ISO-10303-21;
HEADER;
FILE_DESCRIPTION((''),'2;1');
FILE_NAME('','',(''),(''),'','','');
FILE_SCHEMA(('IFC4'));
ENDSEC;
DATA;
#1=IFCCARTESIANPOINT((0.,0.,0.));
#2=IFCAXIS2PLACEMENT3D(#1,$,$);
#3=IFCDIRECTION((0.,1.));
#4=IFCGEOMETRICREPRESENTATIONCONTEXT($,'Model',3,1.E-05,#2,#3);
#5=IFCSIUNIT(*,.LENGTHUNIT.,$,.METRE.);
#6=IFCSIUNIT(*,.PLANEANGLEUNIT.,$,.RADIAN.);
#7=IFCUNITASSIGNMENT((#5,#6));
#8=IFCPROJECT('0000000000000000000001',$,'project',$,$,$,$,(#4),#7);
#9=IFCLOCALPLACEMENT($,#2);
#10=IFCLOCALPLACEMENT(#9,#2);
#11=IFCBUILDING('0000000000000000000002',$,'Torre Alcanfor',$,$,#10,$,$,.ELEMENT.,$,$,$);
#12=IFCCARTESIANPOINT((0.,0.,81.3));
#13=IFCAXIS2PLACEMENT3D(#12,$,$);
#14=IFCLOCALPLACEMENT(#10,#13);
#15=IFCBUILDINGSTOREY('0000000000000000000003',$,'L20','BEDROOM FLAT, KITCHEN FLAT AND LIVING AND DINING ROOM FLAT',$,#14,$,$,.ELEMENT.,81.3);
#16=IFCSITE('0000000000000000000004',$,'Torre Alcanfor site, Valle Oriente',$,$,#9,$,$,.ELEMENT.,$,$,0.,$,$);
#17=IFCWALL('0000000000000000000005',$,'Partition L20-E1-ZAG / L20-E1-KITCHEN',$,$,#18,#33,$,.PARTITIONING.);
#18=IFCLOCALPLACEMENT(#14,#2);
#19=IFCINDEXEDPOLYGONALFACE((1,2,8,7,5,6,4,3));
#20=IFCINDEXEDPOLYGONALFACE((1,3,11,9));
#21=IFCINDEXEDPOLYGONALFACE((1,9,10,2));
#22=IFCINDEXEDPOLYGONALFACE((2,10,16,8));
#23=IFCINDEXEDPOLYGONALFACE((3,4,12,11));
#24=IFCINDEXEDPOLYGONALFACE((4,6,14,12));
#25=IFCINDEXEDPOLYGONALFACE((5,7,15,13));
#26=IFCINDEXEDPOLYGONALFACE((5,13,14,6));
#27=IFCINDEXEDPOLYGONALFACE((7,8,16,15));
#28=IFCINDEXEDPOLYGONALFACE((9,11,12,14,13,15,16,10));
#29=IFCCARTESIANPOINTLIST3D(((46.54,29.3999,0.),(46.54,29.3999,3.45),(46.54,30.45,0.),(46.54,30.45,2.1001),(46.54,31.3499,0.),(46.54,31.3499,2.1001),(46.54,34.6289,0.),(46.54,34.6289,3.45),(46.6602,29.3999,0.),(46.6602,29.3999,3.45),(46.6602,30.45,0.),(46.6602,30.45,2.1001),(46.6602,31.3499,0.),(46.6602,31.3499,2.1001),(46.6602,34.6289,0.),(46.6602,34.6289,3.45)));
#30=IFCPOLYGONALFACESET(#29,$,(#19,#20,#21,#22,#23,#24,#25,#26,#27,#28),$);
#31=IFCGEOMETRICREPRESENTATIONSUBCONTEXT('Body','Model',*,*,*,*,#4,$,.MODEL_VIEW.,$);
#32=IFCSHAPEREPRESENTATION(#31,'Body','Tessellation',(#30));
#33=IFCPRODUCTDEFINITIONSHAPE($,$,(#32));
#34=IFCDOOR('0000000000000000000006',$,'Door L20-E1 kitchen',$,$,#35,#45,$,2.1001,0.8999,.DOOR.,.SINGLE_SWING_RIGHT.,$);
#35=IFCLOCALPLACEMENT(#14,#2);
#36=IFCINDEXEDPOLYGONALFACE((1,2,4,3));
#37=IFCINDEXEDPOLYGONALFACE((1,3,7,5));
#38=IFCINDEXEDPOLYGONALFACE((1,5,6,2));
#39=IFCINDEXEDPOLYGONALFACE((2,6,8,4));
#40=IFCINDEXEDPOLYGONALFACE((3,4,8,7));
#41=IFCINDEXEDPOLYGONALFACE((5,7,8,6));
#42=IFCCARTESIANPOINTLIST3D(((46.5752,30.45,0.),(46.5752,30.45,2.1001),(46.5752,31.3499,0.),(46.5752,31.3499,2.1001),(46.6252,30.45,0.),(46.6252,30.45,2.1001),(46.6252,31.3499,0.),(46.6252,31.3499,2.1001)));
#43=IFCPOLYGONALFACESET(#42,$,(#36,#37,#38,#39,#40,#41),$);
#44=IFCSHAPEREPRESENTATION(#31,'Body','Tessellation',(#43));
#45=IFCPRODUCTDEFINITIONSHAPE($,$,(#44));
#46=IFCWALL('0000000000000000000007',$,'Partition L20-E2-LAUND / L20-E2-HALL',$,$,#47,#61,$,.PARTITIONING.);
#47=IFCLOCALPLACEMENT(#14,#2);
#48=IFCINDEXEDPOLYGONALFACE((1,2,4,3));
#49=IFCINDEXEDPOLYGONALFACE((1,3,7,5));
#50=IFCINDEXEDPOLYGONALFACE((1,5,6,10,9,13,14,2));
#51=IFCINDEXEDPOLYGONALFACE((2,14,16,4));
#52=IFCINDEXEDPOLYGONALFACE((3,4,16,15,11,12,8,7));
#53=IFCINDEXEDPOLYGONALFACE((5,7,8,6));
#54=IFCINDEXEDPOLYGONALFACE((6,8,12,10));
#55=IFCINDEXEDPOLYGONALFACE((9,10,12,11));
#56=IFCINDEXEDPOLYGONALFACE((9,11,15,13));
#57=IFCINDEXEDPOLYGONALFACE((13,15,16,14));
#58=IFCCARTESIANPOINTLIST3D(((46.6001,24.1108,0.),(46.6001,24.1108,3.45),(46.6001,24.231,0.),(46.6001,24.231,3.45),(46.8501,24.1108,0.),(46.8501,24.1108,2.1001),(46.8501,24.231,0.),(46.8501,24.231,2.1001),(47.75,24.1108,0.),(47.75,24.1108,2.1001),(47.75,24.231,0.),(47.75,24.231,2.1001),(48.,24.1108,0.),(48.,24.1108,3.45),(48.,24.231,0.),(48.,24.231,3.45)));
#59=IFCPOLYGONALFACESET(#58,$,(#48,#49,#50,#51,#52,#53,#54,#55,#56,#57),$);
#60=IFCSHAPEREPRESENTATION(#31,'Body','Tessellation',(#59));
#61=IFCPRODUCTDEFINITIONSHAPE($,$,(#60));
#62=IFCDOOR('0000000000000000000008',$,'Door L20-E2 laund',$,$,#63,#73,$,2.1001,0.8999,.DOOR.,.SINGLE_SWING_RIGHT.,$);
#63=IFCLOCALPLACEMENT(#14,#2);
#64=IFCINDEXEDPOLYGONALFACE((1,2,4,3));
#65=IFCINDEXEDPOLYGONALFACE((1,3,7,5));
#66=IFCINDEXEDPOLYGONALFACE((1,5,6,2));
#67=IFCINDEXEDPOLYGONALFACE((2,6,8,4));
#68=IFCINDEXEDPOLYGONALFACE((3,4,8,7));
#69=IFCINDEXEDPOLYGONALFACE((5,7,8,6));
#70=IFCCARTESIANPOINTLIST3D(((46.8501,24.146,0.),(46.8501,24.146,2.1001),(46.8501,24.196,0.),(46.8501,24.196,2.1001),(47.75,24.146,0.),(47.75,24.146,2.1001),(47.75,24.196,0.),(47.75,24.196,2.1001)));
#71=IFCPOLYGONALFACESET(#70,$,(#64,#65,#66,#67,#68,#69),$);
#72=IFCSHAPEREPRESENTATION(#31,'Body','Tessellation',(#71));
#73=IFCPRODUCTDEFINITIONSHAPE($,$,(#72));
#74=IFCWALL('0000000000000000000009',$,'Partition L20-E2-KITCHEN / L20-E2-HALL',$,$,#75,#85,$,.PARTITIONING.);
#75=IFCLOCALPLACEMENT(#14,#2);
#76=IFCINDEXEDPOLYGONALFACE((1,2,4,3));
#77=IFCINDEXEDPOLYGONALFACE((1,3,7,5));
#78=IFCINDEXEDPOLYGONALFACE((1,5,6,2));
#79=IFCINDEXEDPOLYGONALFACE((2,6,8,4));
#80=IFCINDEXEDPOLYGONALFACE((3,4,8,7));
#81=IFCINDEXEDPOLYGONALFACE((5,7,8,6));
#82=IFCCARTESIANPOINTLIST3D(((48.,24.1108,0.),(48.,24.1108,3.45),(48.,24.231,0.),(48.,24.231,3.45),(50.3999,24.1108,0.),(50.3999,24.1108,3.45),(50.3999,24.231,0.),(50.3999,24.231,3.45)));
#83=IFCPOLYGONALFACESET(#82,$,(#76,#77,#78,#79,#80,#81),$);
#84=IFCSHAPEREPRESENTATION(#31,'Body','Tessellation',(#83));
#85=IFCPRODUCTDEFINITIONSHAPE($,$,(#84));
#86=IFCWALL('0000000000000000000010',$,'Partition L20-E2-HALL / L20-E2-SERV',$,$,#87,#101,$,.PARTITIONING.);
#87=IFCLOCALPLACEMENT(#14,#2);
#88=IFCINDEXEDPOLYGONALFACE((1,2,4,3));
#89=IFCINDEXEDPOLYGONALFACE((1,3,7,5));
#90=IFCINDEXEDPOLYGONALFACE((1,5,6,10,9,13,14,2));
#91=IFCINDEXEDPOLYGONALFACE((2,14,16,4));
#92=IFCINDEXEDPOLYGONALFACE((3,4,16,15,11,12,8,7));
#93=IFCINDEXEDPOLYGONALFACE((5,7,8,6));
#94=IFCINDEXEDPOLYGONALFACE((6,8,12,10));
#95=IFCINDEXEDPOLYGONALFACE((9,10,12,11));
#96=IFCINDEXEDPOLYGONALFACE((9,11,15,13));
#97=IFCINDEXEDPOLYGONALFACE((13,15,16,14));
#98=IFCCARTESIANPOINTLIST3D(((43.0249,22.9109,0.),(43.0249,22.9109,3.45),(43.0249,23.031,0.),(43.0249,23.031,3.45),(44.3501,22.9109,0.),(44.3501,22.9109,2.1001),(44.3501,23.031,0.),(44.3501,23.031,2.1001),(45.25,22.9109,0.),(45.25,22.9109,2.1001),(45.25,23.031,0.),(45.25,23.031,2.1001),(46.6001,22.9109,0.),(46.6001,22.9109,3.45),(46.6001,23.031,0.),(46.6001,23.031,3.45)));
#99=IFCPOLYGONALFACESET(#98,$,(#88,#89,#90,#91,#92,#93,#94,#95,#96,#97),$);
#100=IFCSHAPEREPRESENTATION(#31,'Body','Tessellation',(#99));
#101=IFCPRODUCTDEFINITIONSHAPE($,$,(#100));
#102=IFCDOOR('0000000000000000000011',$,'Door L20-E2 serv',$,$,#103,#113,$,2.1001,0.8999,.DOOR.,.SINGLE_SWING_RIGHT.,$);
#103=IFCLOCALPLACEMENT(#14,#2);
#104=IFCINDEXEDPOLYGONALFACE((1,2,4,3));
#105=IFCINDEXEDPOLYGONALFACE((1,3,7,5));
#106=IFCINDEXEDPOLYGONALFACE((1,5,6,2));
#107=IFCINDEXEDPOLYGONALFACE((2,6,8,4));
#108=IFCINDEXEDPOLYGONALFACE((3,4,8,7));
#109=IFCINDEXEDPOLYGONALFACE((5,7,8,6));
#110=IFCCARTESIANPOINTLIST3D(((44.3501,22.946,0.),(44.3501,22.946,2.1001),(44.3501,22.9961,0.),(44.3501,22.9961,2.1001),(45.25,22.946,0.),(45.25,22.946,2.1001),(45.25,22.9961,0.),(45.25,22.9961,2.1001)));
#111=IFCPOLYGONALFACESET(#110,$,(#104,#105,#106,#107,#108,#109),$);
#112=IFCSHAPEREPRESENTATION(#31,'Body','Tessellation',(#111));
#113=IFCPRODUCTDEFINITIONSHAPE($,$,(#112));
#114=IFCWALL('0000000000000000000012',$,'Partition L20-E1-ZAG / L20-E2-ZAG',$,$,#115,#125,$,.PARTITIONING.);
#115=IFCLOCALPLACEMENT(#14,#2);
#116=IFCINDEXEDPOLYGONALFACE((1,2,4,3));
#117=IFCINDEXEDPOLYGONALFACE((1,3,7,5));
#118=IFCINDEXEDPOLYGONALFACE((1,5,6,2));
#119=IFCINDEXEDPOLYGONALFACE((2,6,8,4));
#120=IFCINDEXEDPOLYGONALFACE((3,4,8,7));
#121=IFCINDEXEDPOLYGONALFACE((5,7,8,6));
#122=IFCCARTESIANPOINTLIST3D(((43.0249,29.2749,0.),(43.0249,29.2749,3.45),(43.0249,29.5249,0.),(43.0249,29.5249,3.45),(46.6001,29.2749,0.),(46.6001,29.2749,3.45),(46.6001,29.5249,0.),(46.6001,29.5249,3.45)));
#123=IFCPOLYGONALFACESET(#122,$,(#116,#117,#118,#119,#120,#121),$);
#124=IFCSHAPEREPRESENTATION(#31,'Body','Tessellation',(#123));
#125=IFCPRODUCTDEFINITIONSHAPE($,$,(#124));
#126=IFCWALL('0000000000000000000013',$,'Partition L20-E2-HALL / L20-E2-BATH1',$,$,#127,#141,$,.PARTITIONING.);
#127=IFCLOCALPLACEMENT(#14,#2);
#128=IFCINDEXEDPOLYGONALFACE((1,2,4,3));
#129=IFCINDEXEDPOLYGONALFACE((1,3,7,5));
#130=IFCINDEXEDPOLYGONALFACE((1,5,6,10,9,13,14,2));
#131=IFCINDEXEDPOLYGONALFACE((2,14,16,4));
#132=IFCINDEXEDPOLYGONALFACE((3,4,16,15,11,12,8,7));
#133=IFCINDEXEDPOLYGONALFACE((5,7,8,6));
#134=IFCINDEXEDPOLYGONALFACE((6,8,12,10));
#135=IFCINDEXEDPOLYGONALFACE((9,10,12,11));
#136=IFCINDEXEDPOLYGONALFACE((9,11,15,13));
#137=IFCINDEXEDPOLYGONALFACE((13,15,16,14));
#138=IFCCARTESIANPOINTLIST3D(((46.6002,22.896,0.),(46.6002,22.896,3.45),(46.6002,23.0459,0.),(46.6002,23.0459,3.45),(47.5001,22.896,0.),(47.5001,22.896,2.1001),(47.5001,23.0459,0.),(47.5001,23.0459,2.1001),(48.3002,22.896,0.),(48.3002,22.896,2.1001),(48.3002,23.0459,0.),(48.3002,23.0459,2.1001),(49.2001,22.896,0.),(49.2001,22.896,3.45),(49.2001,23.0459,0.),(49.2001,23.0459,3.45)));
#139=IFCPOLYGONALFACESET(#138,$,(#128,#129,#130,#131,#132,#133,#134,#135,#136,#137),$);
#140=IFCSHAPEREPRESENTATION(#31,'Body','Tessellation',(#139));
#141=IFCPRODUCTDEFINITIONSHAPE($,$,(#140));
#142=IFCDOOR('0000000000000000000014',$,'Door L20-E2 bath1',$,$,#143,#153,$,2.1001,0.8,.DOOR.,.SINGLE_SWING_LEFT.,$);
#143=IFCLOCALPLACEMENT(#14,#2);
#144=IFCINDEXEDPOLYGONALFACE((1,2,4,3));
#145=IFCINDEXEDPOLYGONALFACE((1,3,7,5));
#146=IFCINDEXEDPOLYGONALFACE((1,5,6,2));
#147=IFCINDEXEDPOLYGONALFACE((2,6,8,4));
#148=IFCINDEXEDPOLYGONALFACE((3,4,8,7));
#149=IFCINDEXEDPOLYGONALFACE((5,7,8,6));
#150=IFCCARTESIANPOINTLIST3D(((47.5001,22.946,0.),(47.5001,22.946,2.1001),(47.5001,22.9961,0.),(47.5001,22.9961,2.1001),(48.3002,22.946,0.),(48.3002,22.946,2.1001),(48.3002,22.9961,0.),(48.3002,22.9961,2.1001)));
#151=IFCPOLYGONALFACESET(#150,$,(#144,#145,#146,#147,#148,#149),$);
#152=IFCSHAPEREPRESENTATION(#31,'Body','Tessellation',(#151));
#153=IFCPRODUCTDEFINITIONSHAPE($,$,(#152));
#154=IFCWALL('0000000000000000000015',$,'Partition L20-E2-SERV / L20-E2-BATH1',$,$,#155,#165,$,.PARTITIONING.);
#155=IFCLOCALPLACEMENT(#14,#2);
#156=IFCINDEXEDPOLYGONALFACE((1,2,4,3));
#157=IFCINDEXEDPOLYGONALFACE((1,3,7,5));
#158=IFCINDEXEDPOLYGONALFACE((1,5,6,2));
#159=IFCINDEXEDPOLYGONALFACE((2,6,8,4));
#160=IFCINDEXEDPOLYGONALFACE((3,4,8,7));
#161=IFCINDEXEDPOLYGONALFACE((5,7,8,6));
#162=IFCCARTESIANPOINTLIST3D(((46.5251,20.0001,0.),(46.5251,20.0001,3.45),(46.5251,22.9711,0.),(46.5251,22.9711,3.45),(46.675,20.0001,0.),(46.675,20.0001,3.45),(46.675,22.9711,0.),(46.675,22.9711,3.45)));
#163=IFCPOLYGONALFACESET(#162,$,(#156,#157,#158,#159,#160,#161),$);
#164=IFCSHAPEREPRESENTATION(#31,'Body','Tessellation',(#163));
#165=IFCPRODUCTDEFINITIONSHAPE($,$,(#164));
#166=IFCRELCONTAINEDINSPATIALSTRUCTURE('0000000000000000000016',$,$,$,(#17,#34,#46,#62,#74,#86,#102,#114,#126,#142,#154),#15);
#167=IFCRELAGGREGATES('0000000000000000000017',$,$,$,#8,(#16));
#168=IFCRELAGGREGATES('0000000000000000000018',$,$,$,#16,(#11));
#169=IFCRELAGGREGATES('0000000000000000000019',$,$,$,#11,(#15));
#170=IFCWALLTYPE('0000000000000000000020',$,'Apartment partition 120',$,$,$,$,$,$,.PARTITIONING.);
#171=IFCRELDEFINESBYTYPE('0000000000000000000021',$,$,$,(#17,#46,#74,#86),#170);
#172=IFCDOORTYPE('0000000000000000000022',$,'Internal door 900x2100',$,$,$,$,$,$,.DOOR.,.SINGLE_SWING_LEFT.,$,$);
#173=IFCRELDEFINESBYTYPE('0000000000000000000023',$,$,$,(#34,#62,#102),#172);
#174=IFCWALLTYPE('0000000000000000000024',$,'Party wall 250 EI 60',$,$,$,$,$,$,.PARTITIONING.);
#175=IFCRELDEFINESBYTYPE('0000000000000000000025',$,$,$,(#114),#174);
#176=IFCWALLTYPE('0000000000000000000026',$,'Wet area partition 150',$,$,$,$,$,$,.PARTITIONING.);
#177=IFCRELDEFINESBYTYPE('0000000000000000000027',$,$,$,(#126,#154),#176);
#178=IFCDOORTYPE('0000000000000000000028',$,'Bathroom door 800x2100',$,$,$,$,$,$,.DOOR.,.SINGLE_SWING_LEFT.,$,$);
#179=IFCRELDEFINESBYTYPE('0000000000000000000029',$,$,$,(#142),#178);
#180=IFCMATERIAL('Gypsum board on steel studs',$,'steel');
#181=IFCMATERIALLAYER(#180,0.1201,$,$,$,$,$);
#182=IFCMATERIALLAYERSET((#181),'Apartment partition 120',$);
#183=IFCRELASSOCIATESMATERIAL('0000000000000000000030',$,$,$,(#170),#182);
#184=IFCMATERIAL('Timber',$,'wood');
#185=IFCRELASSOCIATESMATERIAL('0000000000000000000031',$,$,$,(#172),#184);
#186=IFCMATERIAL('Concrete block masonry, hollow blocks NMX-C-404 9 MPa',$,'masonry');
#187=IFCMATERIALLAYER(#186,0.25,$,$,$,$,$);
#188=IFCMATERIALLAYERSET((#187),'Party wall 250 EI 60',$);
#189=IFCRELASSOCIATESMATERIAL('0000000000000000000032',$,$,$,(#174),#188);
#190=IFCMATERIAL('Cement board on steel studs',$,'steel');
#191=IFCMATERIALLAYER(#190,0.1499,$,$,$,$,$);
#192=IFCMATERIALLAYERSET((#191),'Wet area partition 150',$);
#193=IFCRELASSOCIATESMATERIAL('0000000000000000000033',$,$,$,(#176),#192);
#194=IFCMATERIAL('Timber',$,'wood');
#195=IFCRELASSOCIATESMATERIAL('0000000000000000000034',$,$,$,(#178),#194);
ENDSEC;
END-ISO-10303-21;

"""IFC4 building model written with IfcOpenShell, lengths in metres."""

from ifc_helpers import new_model, si_unit, direction, frame, frame_2d, origin, place, context, subcontext, project, spatial, rectangle, extrude, material, layer, layer_set, type_object, element, fill, save


model = new_model("IFC4")

# Units and contexts
model_context = context("Model", 3, precision=1e-05, world=origin(), true_north=direction((0.0, 1.0)))
body_context = subcontext(model_context, "Body", "Model", "MODEL_VIEW")
ifc_project = project(units=[si_unit("LENGTHUNIT", "METRE"), si_unit("PLANEANGLEUNIT", "RADIAN")], contexts=[model_context])

# Site, building, storey
site_placement = place(None, origin())
site = spatial("IfcSite", under=ifc_project, at=site_placement, Name="Torre Alcanfor site, Valle Oriente", CompositionType="ELEMENT", RefElevation=0.0)
building_placement = place(site_placement, origin())
building = spatial("IfcBuilding", under=site, at=building_placement, Name="Torre Alcanfor", CompositionType="ELEMENT")
storey_placement = place(building_placement, frame((0.0, 0.0, 81.3)))
storey = spatial("IfcBuildingStorey", under=building, at=storey_placement, Name="L20", Description="BEDROOM FLAT, KITCHEN FLAT AND LIVING AND DINING ROOM FLAT", CompositionType="ELEMENT", Elevation=81.3)

# Walls, openings, doors
ifc_material_1 = material(Name="Gypsum board on steel studs", Category="steel")
ifc_layer_1 = layer(ifc_material_1, 0.1201)
ifc_layer_set_1 = layer_set([ifc_layer_1], Name="Apartment partition 120")
wall_type_1 = type_object("IfcWallType", Name="Apartment partition 120", PredefinedType="PARTITIONING", material=ifc_layer_set_1)
wall_1_placement = place(storey_placement, frame((46.6001, 29.3999, 0.0), z_axis=(0.0, 0.0, 1.0), x_axis=(0.0, 1.0, 0.0)))
wall_1 = element("IfcWall", 1, at=wall_1_placement, inside=storey, type_object=wall_type_1, Name="Partition L20-E1-ZAG / L20-E1-KITCHEN", PredefinedType="PARTITIONING", context=body_context, shape_type="SweptSolid", body=[
    extrude(rectangle(XDim=5.229, YDim=0.1201, at=frame_2d((2.6145, 0.0))), origin(), (0.0, 0.0, 1.0), 3.45),
])
opening_1_placement = place(wall_1_placement, frame((1.05, 0.0, 0.0)))
opening_1 = element("IfcOpeningElement", 2, at=opening_1_placement, cuts=wall_1, PredefinedType="OPENING", context=body_context, shape_type="SweptSolid", body=[
    extrude(rectangle(XDim=0.8999, YDim=2.1001, at=frame_2d((0.45, 1.05))), frame((0.0, 0.0701, 0.0), z_axis=(0.0, -1.0, 0.0), x_axis=(1.0, 0.0, 0.0)), (0.0, 0.0, 1.0), 0.1401),
])
ifc_material_2 = material(Name="Timber", Category="wood")
door_type_1 = type_object("IfcDoorType", Name="Internal door 900x2100", OperationType="SINGLE_SWING_LEFT", PredefinedType="DOOR", material=ifc_material_2)
door_1_placement = place(opening_1_placement, frame((0.8999, 0.0, 0.0), z_axis=(0.0, 0.0, 1.0), x_axis=(-1.0, 0.0, 0.0)))
door_1 = element("IfcDoor", 3, at=door_1_placement, inside=storey, type_object=door_type_1, Name="Door L20-E1 kitchen", OperationType="SINGLE_SWING_RIGHT", OverallHeight=2.1001, OverallWidth=0.8999, PredefinedType="DOOR", context=body_context, shape_type="SweptSolid", body=[
    extrude(rectangle(XDim=0.8999, YDim=2.1001, at=frame_2d((0.45, 1.05))), frame((0.0, 0.0251, 0.0), z_axis=(0.0, -1.0, 0.0), x_axis=(1.0, 0.0, 0.0)), (0.0, 0.0, 1.0), 0.05),
])
fill(opening_1, door_1)
wall_2_placement = place(storey_placement, frame((48.0, 24.1709, 0.0), z_axis=(0.0, 0.0, 1.0), x_axis=(-1.0, 0.0, 0.0)))
wall_2 = element("IfcWall", 4, at=wall_2_placement, inside=storey, type_object=wall_type_1, Name="Partition L20-E2-LAUND / L20-E2-HALL", PredefinedType="PARTITIONING", context=body_context, shape_type="SweptSolid", body=[
    extrude(rectangle(XDim=1.3999, YDim=0.1201, at=frame_2d((0.7, 0.0))), origin(), (0.0, 0.0, 1.0), 3.45),
])
opening_2_placement = place(wall_2_placement, frame((0.25, 0.0, 0.0)))
opening_2 = element("IfcOpeningElement", 5, at=opening_2_placement, cuts=wall_2, PredefinedType="OPENING", context=body_context, shape_type="SweptSolid", body=[
    extrude(rectangle(XDim=0.8999, YDim=2.1001, at=frame_2d((0.45, 1.05))), frame((0.0, 0.0701, 0.0), z_axis=(0.0, -1.0, 0.0), x_axis=(1.0, 0.0, 0.0)), (0.0, 0.0, 1.0), 0.1401),
])
door_2_placement = place(opening_2_placement, frame((0.8999, 0.0, 0.0), z_axis=(0.0, 0.0, 1.0), x_axis=(-1.0, 0.0, 0.0)))
door_2 = element("IfcDoor", 6, at=door_2_placement, inside=storey, type_object=door_type_1, Name="Door L20-E2 laund", OperationType="SINGLE_SWING_RIGHT", OverallHeight=2.1001, OverallWidth=0.8999, PredefinedType="DOOR", context=body_context, shape_type="SweptSolid", body=[
    extrude(rectangle(XDim=0.8999, YDim=2.1001, at=frame_2d((0.45, 1.05))), frame((0.0, 0.0251, 0.0), z_axis=(0.0, -1.0, 0.0), x_axis=(1.0, 0.0, 0.0)), (0.0, 0.0, 1.0), 0.05),
])
fill(opening_2, door_2)

# Wall
wall_3_placement = place(storey_placement, frame((50.3999, 24.1709, 0.0), z_axis=(0.0, 0.0, 1.0), x_axis=(-1.0, 0.0, 0.0)))
element("IfcWall", 7, at=wall_3_placement, inside=storey, type_object=wall_type_1, Name="Partition L20-E2-KITCHEN / L20-E2-HALL", PredefinedType="PARTITIONING", context=body_context, shape_type="SweptSolid", body=[
    extrude(rectangle(XDim=2.3999, YDim=0.1201, at=frame_2d((1.2, 0.0))), origin(), (0.0, 0.0, 1.0), 3.45),
])

# Wall, opening, door
wall_4_placement = place(storey_placement, frame((46.6001, 22.9709, 0.0), z_axis=(0.0, 0.0, 1.0), x_axis=(-1.0, 0.0, 0.0)))
wall_4 = element("IfcWall", 8, at=wall_4_placement, inside=storey, type_object=wall_type_1, Name="Partition L20-E2-HALL / L20-E2-SERV", PredefinedType="PARTITIONING", context=body_context, shape_type="SweptSolid", body=[
    extrude(rectangle(XDim=3.5752, YDim=0.1201, at=frame_2d((1.7876, 0.0))), origin(), (0.0, 0.0, 1.0), 3.45),
])
opening_3_placement = place(wall_4_placement, frame((1.3501, 0.0, 0.0)))
opening_3 = element("IfcOpeningElement", 9, at=opening_3_placement, cuts=wall_4, PredefinedType="OPENING", context=body_context, shape_type="SweptSolid", body=[
    extrude(rectangle(XDim=0.8999, YDim=2.1001, at=frame_2d((0.45, 1.05))), frame((0.0, 0.0701, 0.0), z_axis=(0.0, -1.0, 0.0), x_axis=(1.0, 0.0, 0.0)), (0.0, 0.0, 1.0), 0.1401),
])
door_3_placement = place(opening_3_placement, origin())
door_3 = element("IfcDoor", 10, at=door_3_placement, inside=storey, type_object=door_type_1, Name="Door L20-E2 serv", OperationType="SINGLE_SWING_RIGHT", OverallHeight=2.1001, OverallWidth=0.8999, PredefinedType="DOOR", context=body_context, shape_type="SweptSolid", body=[
    extrude(rectangle(XDim=0.8999, YDim=2.1001, at=frame_2d((0.45, 1.05))), frame((0.0, 0.0249, 0.0), z_axis=(0.0, -1.0, 0.0), x_axis=(1.0, 0.0, 0.0)), (0.0, 0.0, 1.0), 0.05),
])
fill(opening_3, door_3)

# Wall
ifc_material_3 = material(Name="Concrete block masonry, hollow blocks NMX-C-404 9 MPa", Category="masonry")
ifc_layer_2 = layer(ifc_material_3, 0.25)
ifc_layer_set_2 = layer_set([ifc_layer_2], Name="Party wall 250 EI 60")
wall_type_2 = type_object("IfcWallType", Name="Party wall 250 EI 60", PredefinedType="PARTITIONING", material=ifc_layer_set_2)
wall_5_placement = place(storey_placement, frame((43.0249, 29.3999, 0.0), z_axis=(0.0, 0.0, 1.0), x_axis=(1.0, 0.0, 0.0)))
element("IfcWall", 11, at=wall_5_placement, inside=storey, type_object=wall_type_2, Name="Partition L20-E1-ZAG / L20-E2-ZAG", PredefinedType="PARTITIONING", context=body_context, shape_type="SweptSolid", body=[
    extrude(rectangle(XDim=3.5752, YDim=0.25, at=frame_2d((1.7876, 0.0))), origin(), (0.0, 0.0, 1.0), 3.45),
])

# Wall, opening, door
ifc_material_4 = material(Name="Cement board on steel studs", Category="steel")
ifc_layer_3 = layer(ifc_material_4, 0.1499)
ifc_layer_set_3 = layer_set([ifc_layer_3], Name="Wet area partition 150")
wall_type_3 = type_object("IfcWallType", Name="Wet area partition 150", PredefinedType="PARTITIONING", material=ifc_layer_set_3)
wall_6_placement = place(storey_placement, frame((49.2, 22.9709, 0.0), z_axis=(0.0, 0.0, 1.0), x_axis=(-1.0, 0.0, 0.0)))
wall_6 = element("IfcWall", 12, at=wall_6_placement, inside=storey, type_object=wall_type_3, Name="Partition L20-E2-HALL / L20-E2-BATH1", PredefinedType="PARTITIONING", context=body_context, shape_type="SweptSolid", body=[
    extrude(rectangle(XDim=2.5999, YDim=0.1499, at=frame_2d((1.2998, 0.0))), origin(), (0.0, 0.0, 1.0), 3.45),
])
opening_4_placement = place(wall_6_placement, frame((0.8999, 0.0, 0.0)))
opening_4 = element("IfcOpeningElement", 13, at=opening_4_placement, cuts=wall_6, PredefinedType="OPENING", context=body_context, shape_type="SweptSolid", body=[
    extrude(rectangle(XDim=0.8, YDim=2.1001, at=frame_2d((0.3999, 1.05))), frame((0.0, 0.085, 0.0), z_axis=(0.0, -1.0, 0.0), x_axis=(1.0, 0.0, 0.0)), (0.0, 0.0, 1.0), 0.1699),
])
ifc_material_5 = material(Name="Timber", Category="wood")
door_type_2 = type_object("IfcDoorType", Name="Bathroom door 800x2100", OperationType="SINGLE_SWING_LEFT", PredefinedType="DOOR", material=ifc_material_5)
door_4_placement = place(opening_4_placement, origin())
door_4 = element("IfcDoor", 14, at=door_4_placement, inside=storey, type_object=door_type_2, Name="Door L20-E2 bath1", OperationType="SINGLE_SWING_LEFT", OverallHeight=2.1001, OverallWidth=0.8, PredefinedType="DOOR", context=body_context, shape_type="SweptSolid", body=[
    extrude(rectangle(XDim=0.8, YDim=2.1001, at=frame_2d((0.3999, 1.05))), frame((0.0, 0.0249, 0.0), z_axis=(0.0, -1.0, 0.0), x_axis=(1.0, 0.0, 0.0)), (0.0, 0.0, 1.0), 0.05),
])
fill(opening_4, door_4)

# Wall
for number, where, z_axis, x_axis, name in (
    (15, (46.6001, 22.9709, 0.0), (0.0, 0.0, 1.0), (0.0, -1.0, 0.0), "Partition L20-E2-SERV / L20-E2-BATH1"),
):
    element("IfcWall", number, at=place(storey_placement, frame(where, z_axis=z_axis, x_axis=x_axis)), inside=storey, type_object=wall_type_3, Name=name, PredefinedType="PARTITIONING", context=body_context, shape_type="SweptSolid", body=[
        extrude(rectangle(XDim=2.9709, YDim=0.1499, at=frame_2d((1.4854, 0.0))), origin(), (0.0, 0.0, 1.0), 3.45),
    ])

save(model, "model.ifc")
